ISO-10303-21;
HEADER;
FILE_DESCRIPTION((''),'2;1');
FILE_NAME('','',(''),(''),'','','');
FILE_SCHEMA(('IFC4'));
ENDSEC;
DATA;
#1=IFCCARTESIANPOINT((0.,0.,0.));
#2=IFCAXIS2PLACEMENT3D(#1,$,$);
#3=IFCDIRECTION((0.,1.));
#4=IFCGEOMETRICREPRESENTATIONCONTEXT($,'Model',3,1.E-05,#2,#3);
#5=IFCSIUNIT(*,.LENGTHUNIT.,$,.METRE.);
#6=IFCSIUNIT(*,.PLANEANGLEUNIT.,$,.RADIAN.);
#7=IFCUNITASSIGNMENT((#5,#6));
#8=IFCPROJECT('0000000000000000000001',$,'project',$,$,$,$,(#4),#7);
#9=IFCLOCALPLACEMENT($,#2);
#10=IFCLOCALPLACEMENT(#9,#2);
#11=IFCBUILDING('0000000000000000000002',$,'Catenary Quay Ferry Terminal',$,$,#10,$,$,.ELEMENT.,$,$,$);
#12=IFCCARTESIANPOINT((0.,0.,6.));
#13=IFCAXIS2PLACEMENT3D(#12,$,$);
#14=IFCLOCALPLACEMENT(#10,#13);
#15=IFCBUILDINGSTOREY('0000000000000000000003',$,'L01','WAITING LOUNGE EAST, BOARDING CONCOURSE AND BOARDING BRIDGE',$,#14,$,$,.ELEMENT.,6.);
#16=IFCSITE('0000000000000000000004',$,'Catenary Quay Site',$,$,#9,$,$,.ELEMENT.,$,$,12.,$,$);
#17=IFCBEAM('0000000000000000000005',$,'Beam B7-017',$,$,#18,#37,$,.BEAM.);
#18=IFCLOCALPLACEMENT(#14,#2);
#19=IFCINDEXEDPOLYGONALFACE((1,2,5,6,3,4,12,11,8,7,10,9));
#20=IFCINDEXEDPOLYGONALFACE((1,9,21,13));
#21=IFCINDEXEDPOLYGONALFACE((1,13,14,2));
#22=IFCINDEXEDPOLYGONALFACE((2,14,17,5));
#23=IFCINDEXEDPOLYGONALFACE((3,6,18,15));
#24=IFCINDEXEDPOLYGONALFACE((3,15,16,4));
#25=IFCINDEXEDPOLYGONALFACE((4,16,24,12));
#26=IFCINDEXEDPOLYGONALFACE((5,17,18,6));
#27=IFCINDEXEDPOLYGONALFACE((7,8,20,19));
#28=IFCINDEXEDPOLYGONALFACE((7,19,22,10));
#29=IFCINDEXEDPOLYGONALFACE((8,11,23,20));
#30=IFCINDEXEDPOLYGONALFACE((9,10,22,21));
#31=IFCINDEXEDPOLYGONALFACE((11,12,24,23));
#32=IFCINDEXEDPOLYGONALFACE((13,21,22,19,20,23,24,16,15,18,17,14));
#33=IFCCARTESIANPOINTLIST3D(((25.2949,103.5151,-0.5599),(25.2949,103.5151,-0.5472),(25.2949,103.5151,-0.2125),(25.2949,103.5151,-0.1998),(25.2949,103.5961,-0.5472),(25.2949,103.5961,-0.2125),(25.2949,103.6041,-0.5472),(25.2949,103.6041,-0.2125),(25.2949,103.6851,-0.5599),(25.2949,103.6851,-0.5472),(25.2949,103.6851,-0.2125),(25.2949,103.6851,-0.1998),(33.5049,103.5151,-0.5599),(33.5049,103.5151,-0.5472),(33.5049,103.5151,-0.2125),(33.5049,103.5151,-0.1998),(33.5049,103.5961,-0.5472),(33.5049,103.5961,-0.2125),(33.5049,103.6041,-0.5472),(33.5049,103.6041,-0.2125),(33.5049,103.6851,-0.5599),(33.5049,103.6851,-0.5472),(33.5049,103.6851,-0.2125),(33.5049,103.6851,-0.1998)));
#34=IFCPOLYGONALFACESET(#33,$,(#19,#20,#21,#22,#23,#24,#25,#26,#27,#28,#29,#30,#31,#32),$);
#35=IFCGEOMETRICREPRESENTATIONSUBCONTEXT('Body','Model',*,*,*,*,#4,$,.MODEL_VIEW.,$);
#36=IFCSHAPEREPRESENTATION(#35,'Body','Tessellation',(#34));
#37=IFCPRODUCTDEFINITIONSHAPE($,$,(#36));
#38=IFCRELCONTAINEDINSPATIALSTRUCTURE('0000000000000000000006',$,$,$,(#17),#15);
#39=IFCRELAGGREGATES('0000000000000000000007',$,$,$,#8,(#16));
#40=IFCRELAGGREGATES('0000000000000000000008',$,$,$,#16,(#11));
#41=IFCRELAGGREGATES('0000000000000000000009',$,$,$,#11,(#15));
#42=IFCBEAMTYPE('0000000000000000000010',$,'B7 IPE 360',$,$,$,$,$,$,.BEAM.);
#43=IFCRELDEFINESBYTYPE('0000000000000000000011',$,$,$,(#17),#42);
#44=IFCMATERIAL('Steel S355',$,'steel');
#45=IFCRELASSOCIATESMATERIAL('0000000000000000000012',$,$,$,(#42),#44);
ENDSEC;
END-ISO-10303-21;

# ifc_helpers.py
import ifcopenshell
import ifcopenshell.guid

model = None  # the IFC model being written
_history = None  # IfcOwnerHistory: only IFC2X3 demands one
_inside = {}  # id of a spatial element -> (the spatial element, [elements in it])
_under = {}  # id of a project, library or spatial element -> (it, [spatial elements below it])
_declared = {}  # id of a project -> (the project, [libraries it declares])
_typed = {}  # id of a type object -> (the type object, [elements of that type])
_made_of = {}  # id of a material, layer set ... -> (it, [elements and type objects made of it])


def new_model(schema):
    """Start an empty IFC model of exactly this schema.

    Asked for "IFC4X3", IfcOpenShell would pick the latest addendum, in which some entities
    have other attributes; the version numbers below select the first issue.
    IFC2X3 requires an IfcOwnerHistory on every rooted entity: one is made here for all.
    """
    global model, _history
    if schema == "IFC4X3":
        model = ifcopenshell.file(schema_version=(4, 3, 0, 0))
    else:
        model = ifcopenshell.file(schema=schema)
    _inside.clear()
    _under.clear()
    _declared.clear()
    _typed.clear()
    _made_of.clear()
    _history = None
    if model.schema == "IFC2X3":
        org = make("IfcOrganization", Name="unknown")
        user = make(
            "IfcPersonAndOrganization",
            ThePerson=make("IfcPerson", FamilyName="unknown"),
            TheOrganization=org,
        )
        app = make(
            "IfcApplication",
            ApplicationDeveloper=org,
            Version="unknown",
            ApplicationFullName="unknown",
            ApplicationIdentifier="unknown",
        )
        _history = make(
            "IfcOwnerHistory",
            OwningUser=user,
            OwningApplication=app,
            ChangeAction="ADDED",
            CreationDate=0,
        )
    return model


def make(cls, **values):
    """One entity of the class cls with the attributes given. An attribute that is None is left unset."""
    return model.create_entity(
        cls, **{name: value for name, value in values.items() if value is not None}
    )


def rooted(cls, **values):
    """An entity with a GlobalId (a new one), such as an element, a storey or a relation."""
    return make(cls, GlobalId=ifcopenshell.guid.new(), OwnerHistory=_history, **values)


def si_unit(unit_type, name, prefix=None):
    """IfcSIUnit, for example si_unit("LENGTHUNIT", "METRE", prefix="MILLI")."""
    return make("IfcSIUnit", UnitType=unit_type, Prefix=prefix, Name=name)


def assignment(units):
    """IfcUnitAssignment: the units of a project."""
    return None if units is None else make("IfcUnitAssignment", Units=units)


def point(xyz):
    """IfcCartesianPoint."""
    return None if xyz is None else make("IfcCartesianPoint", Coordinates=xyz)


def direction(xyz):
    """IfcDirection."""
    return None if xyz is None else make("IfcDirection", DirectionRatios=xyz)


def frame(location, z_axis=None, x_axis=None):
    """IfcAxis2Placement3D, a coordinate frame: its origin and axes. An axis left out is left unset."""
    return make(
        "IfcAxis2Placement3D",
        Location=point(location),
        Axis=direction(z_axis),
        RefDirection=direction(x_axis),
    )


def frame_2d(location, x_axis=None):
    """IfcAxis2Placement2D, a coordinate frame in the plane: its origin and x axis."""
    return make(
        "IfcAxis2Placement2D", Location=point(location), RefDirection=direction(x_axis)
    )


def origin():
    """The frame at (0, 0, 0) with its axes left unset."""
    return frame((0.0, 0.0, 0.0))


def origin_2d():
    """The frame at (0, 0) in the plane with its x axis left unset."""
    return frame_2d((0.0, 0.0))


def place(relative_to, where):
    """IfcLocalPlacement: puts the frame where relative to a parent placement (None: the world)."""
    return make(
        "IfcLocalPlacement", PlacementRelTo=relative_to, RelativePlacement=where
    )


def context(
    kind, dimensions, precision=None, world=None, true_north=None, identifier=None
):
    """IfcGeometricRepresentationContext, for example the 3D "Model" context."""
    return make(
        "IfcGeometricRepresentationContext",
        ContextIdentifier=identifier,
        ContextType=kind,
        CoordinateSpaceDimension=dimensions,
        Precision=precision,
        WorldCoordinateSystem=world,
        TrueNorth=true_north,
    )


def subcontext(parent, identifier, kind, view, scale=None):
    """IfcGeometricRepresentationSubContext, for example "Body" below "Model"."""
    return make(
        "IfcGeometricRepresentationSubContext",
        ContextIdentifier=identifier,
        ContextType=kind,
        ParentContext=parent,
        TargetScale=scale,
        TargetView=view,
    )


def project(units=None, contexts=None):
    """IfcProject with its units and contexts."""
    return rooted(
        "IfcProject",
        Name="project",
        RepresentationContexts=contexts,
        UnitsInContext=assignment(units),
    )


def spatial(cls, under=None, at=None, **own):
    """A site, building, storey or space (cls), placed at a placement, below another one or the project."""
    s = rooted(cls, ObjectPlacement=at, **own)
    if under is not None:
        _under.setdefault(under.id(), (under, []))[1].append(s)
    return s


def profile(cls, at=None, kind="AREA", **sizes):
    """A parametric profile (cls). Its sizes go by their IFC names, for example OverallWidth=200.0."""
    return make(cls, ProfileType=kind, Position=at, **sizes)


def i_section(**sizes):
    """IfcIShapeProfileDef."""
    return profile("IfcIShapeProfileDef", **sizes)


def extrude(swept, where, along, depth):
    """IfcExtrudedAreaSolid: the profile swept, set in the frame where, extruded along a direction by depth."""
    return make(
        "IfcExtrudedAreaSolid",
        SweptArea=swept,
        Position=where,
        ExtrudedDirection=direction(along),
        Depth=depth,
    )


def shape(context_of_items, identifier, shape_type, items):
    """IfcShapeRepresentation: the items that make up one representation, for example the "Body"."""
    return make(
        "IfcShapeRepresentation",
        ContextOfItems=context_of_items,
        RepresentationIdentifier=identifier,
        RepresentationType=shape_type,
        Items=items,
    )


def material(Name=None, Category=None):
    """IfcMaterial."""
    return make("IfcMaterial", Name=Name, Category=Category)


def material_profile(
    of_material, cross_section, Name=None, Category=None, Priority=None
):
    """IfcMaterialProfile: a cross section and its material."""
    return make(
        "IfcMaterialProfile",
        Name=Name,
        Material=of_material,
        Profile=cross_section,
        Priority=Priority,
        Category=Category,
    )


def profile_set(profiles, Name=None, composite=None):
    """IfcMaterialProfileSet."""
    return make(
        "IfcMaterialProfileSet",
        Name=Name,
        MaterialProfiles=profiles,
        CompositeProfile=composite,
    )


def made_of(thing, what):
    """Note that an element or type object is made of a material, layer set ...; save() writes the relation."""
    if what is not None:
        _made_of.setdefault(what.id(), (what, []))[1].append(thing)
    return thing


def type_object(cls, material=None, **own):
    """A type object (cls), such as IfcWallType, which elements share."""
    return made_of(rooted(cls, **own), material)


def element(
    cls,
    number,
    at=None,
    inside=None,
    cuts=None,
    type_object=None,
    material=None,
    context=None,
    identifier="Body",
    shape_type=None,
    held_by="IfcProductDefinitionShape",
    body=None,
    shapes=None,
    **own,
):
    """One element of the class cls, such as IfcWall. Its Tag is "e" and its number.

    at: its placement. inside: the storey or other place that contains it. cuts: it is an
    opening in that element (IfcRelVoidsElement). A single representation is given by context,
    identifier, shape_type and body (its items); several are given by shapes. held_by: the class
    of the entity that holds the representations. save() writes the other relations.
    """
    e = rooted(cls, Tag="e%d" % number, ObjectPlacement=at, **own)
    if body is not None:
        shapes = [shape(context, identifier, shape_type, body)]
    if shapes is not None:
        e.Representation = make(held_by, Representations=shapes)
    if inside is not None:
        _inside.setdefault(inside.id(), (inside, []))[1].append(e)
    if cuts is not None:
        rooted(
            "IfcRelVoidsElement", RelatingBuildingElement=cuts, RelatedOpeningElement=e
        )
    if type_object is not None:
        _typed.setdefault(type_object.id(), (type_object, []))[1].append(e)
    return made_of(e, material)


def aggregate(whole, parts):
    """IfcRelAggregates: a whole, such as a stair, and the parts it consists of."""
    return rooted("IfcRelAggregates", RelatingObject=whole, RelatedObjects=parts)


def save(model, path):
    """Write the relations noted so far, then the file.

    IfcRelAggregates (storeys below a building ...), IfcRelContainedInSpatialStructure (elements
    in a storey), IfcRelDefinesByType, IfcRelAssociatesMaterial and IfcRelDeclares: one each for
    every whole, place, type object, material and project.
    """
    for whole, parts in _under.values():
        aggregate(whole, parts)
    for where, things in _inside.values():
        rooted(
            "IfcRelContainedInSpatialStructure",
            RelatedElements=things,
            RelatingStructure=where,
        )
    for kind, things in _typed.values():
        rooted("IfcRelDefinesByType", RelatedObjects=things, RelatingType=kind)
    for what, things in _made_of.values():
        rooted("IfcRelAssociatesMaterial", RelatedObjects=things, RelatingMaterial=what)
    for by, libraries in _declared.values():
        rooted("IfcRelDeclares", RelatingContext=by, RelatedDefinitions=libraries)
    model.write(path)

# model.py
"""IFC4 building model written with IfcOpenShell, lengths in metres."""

from ifc_helpers import new_model, si_unit, direction, frame, origin, origin_2d, place, context, subcontext, project, spatial, i_section, extrude, material, material_profile, profile_set, type_object, element, save


model = new_model("IFC4")

# Units and contexts
model_context = context("Model", 3, precision=1e-05, world=origin(), true_north=direction((0.0, 1.0)))
body_context = subcontext(model_context, "Body", "Model", "MODEL_VIEW")
ifc_project = project(units=[si_unit("LENGTHUNIT", "METRE"), si_unit("PLANEANGLEUNIT", "RADIAN")], contexts=[model_context])

# Site, building, storey
site_placement = place(None, origin())
site = spatial("IfcSite", under=ifc_project, at=site_placement, Name="Catenary Quay Site", CompositionType="ELEMENT", RefElevation=12.0)
building_placement = place(site_placement, origin())
building = spatial("IfcBuilding", under=site, at=building_placement, Name="Catenary Quay Ferry Terminal", CompositionType="ELEMENT")
storey_placement = place(building_placement, frame((0.0, 0.0, 6.0)))
storey = spatial("IfcBuildingStorey", under=building, at=storey_placement, Name="L01", Description="WAITING LOUNGE EAST, BOARDING CONCOURSE AND BOARDING BRIDGE", CompositionType="ELEMENT", Elevation=6.0)

# Beam
ifc_material_1 = material(Name="Steel S355", Category="steel")
ifc_material_profile_1 = material_profile(ifc_material_1, i_section(OverallWidth=0.1699, OverallDepth=0.3601, WebThickness=0.0081, FlangeThickness=0.0127, at=origin_2d()), Name="IPE 360")
ifc_profile_set_1 = profile_set([ifc_material_profile_1], Name="Steel S355")
beam_type_1 = type_object("IfcBeamType", Name="B7 IPE 360", PredefinedType="BEAM", material=ifc_profile_set_1)
for number, where, z_axis, x_axis, name in (
    (1, (25.2949, 103.6001, -0.3799), (1.0, 0.0, 0.0), (0.0, 1.0, 0.0), "Beam B7-017"),
):
    element("IfcBeam", number, at=place(storey_placement, frame(where, z_axis=z_axis, x_axis=x_axis)), inside=storey, type_object=beam_type_1, Name=name, PredefinedType="BEAM", context=body_context, shape_type="SweptSolid", body=[
        extrude(i_section(OverallWidth=0.1699, OverallDepth=0.3601, WebThickness=0.0081, FlangeThickness=0.0127, at=origin_2d()), origin(), (0.0, 0.0, 1.0), 8.21),
    ])

save(model, "model.ifc")
